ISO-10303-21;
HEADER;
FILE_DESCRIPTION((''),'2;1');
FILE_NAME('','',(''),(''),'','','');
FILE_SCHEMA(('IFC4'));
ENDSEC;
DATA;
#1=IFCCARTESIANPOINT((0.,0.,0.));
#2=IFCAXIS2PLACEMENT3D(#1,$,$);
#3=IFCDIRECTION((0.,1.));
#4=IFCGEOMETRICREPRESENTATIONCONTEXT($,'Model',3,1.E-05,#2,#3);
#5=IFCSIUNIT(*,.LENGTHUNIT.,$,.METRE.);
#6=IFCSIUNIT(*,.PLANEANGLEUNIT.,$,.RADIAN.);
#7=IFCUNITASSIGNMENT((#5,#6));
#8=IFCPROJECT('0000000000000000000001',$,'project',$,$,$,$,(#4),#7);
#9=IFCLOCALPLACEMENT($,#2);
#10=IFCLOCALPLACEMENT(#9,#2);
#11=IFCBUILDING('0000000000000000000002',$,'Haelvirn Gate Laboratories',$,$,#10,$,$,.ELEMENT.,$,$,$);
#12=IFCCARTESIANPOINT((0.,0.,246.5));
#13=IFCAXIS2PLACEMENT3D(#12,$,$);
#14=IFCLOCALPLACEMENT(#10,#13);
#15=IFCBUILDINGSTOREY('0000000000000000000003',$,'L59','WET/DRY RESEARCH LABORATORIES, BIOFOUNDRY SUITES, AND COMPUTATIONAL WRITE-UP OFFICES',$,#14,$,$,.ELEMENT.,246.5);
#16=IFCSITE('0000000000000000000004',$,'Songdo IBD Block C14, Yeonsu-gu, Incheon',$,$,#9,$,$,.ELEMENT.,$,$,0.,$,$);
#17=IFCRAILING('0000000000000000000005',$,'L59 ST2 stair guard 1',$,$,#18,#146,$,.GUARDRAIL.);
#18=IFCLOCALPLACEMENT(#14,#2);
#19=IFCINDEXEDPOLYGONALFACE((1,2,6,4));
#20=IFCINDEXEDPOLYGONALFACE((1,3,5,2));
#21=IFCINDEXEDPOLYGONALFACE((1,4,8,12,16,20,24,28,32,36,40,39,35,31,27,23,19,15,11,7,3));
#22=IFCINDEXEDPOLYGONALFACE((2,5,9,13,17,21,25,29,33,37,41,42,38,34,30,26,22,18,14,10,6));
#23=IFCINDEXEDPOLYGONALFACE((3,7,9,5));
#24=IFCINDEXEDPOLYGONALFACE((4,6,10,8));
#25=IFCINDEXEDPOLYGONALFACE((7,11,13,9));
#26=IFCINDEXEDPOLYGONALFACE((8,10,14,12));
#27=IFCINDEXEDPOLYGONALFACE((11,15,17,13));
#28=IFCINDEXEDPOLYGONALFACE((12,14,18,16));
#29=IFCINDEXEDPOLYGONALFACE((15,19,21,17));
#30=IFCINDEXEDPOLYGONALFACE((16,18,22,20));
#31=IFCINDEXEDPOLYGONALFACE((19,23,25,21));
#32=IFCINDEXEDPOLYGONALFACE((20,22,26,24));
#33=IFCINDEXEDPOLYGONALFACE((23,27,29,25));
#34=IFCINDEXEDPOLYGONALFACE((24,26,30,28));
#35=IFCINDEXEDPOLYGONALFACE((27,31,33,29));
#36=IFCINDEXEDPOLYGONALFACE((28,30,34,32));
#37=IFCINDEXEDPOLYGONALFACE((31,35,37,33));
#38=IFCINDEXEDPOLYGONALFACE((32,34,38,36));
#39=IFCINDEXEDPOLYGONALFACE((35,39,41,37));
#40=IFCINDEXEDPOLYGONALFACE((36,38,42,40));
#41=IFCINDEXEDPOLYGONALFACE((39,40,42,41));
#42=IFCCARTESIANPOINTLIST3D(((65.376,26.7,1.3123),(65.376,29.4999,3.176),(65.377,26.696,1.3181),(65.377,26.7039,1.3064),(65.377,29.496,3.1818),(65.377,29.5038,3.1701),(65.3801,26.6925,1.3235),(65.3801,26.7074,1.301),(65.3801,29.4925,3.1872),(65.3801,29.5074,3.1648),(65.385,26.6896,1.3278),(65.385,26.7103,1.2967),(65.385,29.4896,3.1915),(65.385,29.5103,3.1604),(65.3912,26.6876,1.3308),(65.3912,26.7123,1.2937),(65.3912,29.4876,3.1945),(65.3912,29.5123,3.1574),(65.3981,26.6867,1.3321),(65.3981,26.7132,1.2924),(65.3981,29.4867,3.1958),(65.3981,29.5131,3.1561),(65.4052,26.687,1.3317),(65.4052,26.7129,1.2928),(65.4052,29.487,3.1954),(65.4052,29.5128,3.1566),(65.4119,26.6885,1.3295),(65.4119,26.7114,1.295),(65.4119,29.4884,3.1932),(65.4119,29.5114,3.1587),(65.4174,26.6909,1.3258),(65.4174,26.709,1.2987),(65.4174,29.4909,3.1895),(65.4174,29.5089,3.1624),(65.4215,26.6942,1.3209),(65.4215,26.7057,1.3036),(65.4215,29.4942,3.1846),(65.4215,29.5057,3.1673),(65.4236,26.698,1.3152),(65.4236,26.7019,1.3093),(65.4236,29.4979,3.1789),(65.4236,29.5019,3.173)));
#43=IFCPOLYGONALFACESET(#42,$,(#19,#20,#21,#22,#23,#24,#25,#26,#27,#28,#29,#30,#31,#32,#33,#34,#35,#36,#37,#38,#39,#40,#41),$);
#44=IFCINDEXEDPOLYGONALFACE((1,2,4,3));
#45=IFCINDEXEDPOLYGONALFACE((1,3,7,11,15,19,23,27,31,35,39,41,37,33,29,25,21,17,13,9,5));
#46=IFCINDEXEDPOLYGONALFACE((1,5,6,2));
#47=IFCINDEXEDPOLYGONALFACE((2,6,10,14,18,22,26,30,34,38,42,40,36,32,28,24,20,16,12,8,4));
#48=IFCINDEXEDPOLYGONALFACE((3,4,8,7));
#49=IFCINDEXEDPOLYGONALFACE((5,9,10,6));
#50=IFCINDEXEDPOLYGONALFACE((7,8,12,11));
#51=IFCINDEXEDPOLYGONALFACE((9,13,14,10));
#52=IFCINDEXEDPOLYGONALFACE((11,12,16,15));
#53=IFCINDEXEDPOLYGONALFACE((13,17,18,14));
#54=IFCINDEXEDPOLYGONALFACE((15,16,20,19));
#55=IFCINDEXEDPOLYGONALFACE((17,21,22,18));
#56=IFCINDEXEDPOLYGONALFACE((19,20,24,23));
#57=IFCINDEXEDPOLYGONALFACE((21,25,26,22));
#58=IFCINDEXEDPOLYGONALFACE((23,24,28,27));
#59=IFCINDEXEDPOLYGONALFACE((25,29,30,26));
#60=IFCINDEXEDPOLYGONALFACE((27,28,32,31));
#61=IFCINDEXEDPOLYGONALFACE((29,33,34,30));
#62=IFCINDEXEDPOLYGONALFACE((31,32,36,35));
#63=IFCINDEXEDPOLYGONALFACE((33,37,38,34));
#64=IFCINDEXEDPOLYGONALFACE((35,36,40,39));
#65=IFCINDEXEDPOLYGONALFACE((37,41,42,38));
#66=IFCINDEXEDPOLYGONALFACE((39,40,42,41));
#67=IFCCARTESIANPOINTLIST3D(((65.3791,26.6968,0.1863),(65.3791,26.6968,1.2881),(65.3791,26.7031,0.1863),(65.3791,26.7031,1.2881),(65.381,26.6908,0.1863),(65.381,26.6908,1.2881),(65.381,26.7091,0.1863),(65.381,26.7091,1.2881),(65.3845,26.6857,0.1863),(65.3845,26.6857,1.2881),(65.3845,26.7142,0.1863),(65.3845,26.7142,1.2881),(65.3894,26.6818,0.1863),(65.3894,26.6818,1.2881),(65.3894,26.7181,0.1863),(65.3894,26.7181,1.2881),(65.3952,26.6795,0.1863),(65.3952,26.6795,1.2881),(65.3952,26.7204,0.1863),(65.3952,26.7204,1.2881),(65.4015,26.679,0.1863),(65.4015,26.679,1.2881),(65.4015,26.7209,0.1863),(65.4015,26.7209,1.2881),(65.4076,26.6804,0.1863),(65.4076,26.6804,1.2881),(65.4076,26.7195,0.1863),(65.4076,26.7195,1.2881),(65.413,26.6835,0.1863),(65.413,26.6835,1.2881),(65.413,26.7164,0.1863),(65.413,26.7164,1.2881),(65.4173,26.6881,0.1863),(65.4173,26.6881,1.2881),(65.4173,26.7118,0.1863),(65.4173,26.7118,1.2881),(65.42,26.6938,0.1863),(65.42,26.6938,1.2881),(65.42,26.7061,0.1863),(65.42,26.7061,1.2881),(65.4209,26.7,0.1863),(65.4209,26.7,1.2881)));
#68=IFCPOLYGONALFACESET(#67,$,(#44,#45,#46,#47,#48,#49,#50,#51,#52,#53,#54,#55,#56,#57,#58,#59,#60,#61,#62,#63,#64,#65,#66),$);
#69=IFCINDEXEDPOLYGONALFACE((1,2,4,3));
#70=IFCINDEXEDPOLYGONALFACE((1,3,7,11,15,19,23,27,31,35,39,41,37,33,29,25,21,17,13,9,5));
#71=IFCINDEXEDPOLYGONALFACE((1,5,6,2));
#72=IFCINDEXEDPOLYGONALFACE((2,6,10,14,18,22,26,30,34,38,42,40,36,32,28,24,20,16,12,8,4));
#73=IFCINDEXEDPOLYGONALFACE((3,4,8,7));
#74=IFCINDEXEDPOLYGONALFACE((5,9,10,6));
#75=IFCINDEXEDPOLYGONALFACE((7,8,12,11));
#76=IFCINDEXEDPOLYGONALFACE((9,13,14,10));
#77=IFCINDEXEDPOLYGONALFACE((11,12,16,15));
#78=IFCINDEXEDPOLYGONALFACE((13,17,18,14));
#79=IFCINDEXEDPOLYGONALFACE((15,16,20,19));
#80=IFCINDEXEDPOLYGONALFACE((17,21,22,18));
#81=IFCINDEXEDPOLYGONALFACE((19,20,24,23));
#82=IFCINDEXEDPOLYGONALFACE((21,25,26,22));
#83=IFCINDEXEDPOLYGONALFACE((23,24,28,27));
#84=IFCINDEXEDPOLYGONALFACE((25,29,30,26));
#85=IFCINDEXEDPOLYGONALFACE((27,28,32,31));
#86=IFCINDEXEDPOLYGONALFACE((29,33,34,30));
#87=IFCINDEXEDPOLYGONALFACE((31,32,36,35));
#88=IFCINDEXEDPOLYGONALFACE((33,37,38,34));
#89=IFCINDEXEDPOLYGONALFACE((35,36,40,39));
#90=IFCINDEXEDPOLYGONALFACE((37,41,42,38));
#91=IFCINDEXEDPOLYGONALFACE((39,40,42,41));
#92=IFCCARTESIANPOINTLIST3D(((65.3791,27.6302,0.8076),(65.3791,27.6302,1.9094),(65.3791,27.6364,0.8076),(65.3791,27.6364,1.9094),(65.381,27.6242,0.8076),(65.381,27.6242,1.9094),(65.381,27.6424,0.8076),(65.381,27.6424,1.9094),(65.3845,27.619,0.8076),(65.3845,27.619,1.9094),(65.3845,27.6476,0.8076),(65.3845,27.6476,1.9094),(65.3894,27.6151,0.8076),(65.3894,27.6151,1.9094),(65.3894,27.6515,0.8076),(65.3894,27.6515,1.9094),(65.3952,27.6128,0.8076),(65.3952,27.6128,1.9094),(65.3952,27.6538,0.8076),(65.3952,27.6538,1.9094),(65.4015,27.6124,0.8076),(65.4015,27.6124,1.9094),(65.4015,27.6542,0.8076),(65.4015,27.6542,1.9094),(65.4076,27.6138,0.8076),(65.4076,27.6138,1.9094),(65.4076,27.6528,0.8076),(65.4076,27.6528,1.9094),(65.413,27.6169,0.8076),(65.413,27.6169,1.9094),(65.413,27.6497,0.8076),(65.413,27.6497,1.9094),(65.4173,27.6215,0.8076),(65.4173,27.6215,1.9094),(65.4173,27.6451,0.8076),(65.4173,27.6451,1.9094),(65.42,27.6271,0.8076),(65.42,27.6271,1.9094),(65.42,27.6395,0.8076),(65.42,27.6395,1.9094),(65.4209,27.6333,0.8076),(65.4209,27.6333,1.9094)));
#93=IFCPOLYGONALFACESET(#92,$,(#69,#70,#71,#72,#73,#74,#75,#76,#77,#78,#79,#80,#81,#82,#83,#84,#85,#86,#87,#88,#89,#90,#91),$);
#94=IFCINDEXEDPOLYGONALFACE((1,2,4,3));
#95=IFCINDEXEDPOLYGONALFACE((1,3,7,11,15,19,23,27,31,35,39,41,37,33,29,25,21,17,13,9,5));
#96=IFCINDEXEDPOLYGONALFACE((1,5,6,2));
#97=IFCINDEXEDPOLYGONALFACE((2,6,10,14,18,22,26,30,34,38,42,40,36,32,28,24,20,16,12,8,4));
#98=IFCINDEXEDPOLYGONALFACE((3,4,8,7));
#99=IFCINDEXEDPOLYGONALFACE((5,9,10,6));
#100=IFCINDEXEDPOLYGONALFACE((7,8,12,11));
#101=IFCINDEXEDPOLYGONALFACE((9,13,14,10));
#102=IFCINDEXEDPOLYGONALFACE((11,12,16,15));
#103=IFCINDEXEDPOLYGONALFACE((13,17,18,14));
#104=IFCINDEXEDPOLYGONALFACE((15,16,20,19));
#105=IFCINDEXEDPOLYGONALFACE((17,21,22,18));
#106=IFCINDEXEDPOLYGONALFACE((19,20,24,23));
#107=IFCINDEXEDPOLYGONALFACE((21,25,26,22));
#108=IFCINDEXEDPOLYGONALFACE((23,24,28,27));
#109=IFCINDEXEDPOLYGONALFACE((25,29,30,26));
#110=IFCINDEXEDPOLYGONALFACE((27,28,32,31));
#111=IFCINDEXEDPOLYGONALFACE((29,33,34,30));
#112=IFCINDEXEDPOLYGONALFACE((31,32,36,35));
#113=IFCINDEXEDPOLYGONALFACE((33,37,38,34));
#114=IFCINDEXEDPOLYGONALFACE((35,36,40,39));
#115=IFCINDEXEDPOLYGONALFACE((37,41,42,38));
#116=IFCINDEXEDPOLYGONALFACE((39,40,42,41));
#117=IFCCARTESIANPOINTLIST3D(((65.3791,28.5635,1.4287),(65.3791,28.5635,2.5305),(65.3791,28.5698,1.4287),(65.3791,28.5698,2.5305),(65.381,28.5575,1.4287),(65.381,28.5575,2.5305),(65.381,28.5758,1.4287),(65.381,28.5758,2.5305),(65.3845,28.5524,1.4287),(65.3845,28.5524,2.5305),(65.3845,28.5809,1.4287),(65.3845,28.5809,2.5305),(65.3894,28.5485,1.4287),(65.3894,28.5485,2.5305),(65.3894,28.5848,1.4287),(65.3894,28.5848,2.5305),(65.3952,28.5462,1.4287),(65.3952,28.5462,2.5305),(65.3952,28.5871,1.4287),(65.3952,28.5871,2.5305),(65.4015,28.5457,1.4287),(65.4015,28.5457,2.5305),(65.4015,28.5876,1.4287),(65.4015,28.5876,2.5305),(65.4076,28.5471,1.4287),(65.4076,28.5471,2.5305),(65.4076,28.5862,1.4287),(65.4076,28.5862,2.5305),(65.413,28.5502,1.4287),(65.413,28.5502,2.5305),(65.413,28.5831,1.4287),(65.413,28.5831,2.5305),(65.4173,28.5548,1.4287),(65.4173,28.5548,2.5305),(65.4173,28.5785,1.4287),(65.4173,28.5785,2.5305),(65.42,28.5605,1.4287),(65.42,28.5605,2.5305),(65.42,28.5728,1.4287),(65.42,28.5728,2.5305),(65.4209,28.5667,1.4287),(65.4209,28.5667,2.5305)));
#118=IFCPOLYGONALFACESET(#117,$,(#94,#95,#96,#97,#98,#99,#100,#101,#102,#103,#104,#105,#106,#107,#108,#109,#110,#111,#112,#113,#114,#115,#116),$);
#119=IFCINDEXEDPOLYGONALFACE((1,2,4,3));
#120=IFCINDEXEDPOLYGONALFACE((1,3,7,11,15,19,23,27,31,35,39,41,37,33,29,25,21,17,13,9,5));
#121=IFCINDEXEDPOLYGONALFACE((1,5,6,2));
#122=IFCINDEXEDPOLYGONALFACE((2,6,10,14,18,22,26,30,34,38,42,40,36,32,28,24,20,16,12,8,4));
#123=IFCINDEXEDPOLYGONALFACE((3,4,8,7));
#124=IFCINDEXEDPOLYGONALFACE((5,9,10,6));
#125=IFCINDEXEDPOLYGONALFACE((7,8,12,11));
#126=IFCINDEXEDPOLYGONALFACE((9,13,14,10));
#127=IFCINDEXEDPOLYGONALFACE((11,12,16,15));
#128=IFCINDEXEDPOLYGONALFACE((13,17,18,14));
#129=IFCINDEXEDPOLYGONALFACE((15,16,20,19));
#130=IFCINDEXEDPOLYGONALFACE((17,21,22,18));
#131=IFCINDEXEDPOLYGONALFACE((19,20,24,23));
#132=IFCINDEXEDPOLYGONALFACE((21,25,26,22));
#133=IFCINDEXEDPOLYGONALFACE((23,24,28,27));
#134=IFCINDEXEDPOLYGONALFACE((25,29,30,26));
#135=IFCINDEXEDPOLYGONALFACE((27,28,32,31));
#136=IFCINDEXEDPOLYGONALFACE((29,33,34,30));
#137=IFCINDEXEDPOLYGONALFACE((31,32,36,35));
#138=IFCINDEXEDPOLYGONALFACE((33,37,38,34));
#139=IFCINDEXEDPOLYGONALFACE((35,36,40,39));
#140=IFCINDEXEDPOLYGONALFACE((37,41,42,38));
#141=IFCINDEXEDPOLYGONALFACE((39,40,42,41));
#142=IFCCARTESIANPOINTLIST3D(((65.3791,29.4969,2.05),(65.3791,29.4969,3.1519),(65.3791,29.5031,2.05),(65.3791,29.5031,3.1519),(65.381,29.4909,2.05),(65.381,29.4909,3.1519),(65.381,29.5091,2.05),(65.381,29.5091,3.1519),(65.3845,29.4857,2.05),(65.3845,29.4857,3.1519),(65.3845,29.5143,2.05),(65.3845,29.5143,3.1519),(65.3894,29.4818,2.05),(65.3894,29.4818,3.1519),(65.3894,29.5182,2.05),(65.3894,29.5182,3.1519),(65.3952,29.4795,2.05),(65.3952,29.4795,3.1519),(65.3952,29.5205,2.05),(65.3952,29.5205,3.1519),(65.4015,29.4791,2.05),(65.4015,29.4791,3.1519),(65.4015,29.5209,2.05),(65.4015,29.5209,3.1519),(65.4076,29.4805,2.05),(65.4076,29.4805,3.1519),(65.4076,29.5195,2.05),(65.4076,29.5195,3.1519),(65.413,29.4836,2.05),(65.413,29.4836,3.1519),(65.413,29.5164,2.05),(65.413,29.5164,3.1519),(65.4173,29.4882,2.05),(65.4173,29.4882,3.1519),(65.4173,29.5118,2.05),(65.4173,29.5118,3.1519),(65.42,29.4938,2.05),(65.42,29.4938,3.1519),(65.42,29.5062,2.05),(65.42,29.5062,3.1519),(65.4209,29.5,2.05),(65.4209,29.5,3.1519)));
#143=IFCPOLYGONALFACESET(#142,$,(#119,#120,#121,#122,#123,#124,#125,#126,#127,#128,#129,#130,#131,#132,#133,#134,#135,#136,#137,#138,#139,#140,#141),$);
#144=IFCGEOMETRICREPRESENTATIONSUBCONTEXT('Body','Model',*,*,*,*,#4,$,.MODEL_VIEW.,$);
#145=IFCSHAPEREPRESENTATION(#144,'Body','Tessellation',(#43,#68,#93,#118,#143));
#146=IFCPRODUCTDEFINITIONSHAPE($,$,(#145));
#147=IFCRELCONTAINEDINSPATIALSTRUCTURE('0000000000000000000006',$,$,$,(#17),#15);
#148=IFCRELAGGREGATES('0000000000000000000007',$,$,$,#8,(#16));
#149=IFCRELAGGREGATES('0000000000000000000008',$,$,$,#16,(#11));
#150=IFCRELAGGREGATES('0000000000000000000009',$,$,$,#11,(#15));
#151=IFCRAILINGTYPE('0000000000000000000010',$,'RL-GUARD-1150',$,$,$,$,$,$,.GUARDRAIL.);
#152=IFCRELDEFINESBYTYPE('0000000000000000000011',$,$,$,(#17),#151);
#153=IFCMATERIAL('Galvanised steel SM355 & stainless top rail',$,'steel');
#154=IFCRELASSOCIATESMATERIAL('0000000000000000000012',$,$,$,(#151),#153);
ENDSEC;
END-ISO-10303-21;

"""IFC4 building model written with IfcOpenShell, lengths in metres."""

from ifc_helpers import new_model, si_unit, direction, frame, origin, origin_2d, place, context, subcontext, project, spatial, circle, extrude, source, transform, mapped, material, type_object, element, save


model = new_model("IFC4")

# Units and contexts
model_context = context("Model", 3, precision=1e-05, world=origin(), true_north=direction((0.0, 1.0)))
body_context = subcontext(model_context, "Body", "Model", "MODEL_VIEW")
ifc_project = project(units=[si_unit("LENGTHUNIT", "METRE"), si_unit("PLANEANGLEUNIT", "RADIAN")], contexts=[model_context])

# Site, building, storey
site_placement = place(None, origin())
site = spatial("IfcSite", under=ifc_project, at=site_placement, Name="Songdo IBD Block C14, Yeonsu-gu, Incheon", CompositionType="ELEMENT", RefElevation=0.0)
building_placement = place(site_placement, origin())
building = spatial("IfcBuilding", under=site, at=building_placement, Name="Haelvirn Gate Laboratories", CompositionType="ELEMENT")
storey_placement = place(building_placement, frame((0.0, 0.0, 246.5)))
storey = spatial("IfcBuildingStorey", under=building, at=storey_placement, Name="L59", Description="WET/DRY RESEARCH LABORATORIES, BIOFOUNDRY SUITES, AND COMPUTATIONAL WRITE-UP OFFICES", CompositionType="ELEMENT", Elevation=246.5)

# Railing
ifc_material_1 = material(Name="Galvanised steel SM355 & stainless top rail", Category="steel")
railing_type_1 = type_object("IfcRailingType", Name="RL-GUARD-1150", PredefinedType="GUARDRAIL", material=ifc_material_1)
shared_shape_1 = source(origin(), body_context, "Body", "SweptSolid", [
    extrude(circle(Radius=0.0239, at=origin_2d()), frame((0.0, 0.0, 1.126), z_axis=(0.0, 0.832452, 0.554097), x_axis=(-1.0, 0.0, 0.0)), (0.0, 0.0, 1.0), 3.3635),
    extrude(circle(Radius=0.021, at=origin_2d()), origin(), (0.0, 0.0, 1.0), 1.1018),
    extrude(circle(Radius=0.021, at=origin_2d()), frame((0.0, 0.9333, 0.6213)), (0.0, 0.0, 1.0), 1.1018),
    extrude(circle(Radius=0.021, at=origin_2d()), frame((0.0, 1.8667, 1.2424)), (0.0, 0.0, 1.0), 1.1018),
    extrude(circle(Radius=0.021, at=origin_2d()), frame((0.0, 2.8, 1.8638)), (0.0, 0.0, 1.0), 1.1018),
])
railing_1_placement = place(storey_placement, frame((65.3999, 26.7, 0.1863)))
element("IfcRailing", 1, at=railing_1_placement, inside=storey, type_object=railing_type_1, Name="L59 ST2 stair guard 1", PredefinedType="GUARDRAIL", context=body_context, shape_type="MappedRepresentation", body=[
    mapped(shared_shape_1, transform((0.0, 0.0, 0.0), scale=1.0)),
])

save(model, "model.ifc")
